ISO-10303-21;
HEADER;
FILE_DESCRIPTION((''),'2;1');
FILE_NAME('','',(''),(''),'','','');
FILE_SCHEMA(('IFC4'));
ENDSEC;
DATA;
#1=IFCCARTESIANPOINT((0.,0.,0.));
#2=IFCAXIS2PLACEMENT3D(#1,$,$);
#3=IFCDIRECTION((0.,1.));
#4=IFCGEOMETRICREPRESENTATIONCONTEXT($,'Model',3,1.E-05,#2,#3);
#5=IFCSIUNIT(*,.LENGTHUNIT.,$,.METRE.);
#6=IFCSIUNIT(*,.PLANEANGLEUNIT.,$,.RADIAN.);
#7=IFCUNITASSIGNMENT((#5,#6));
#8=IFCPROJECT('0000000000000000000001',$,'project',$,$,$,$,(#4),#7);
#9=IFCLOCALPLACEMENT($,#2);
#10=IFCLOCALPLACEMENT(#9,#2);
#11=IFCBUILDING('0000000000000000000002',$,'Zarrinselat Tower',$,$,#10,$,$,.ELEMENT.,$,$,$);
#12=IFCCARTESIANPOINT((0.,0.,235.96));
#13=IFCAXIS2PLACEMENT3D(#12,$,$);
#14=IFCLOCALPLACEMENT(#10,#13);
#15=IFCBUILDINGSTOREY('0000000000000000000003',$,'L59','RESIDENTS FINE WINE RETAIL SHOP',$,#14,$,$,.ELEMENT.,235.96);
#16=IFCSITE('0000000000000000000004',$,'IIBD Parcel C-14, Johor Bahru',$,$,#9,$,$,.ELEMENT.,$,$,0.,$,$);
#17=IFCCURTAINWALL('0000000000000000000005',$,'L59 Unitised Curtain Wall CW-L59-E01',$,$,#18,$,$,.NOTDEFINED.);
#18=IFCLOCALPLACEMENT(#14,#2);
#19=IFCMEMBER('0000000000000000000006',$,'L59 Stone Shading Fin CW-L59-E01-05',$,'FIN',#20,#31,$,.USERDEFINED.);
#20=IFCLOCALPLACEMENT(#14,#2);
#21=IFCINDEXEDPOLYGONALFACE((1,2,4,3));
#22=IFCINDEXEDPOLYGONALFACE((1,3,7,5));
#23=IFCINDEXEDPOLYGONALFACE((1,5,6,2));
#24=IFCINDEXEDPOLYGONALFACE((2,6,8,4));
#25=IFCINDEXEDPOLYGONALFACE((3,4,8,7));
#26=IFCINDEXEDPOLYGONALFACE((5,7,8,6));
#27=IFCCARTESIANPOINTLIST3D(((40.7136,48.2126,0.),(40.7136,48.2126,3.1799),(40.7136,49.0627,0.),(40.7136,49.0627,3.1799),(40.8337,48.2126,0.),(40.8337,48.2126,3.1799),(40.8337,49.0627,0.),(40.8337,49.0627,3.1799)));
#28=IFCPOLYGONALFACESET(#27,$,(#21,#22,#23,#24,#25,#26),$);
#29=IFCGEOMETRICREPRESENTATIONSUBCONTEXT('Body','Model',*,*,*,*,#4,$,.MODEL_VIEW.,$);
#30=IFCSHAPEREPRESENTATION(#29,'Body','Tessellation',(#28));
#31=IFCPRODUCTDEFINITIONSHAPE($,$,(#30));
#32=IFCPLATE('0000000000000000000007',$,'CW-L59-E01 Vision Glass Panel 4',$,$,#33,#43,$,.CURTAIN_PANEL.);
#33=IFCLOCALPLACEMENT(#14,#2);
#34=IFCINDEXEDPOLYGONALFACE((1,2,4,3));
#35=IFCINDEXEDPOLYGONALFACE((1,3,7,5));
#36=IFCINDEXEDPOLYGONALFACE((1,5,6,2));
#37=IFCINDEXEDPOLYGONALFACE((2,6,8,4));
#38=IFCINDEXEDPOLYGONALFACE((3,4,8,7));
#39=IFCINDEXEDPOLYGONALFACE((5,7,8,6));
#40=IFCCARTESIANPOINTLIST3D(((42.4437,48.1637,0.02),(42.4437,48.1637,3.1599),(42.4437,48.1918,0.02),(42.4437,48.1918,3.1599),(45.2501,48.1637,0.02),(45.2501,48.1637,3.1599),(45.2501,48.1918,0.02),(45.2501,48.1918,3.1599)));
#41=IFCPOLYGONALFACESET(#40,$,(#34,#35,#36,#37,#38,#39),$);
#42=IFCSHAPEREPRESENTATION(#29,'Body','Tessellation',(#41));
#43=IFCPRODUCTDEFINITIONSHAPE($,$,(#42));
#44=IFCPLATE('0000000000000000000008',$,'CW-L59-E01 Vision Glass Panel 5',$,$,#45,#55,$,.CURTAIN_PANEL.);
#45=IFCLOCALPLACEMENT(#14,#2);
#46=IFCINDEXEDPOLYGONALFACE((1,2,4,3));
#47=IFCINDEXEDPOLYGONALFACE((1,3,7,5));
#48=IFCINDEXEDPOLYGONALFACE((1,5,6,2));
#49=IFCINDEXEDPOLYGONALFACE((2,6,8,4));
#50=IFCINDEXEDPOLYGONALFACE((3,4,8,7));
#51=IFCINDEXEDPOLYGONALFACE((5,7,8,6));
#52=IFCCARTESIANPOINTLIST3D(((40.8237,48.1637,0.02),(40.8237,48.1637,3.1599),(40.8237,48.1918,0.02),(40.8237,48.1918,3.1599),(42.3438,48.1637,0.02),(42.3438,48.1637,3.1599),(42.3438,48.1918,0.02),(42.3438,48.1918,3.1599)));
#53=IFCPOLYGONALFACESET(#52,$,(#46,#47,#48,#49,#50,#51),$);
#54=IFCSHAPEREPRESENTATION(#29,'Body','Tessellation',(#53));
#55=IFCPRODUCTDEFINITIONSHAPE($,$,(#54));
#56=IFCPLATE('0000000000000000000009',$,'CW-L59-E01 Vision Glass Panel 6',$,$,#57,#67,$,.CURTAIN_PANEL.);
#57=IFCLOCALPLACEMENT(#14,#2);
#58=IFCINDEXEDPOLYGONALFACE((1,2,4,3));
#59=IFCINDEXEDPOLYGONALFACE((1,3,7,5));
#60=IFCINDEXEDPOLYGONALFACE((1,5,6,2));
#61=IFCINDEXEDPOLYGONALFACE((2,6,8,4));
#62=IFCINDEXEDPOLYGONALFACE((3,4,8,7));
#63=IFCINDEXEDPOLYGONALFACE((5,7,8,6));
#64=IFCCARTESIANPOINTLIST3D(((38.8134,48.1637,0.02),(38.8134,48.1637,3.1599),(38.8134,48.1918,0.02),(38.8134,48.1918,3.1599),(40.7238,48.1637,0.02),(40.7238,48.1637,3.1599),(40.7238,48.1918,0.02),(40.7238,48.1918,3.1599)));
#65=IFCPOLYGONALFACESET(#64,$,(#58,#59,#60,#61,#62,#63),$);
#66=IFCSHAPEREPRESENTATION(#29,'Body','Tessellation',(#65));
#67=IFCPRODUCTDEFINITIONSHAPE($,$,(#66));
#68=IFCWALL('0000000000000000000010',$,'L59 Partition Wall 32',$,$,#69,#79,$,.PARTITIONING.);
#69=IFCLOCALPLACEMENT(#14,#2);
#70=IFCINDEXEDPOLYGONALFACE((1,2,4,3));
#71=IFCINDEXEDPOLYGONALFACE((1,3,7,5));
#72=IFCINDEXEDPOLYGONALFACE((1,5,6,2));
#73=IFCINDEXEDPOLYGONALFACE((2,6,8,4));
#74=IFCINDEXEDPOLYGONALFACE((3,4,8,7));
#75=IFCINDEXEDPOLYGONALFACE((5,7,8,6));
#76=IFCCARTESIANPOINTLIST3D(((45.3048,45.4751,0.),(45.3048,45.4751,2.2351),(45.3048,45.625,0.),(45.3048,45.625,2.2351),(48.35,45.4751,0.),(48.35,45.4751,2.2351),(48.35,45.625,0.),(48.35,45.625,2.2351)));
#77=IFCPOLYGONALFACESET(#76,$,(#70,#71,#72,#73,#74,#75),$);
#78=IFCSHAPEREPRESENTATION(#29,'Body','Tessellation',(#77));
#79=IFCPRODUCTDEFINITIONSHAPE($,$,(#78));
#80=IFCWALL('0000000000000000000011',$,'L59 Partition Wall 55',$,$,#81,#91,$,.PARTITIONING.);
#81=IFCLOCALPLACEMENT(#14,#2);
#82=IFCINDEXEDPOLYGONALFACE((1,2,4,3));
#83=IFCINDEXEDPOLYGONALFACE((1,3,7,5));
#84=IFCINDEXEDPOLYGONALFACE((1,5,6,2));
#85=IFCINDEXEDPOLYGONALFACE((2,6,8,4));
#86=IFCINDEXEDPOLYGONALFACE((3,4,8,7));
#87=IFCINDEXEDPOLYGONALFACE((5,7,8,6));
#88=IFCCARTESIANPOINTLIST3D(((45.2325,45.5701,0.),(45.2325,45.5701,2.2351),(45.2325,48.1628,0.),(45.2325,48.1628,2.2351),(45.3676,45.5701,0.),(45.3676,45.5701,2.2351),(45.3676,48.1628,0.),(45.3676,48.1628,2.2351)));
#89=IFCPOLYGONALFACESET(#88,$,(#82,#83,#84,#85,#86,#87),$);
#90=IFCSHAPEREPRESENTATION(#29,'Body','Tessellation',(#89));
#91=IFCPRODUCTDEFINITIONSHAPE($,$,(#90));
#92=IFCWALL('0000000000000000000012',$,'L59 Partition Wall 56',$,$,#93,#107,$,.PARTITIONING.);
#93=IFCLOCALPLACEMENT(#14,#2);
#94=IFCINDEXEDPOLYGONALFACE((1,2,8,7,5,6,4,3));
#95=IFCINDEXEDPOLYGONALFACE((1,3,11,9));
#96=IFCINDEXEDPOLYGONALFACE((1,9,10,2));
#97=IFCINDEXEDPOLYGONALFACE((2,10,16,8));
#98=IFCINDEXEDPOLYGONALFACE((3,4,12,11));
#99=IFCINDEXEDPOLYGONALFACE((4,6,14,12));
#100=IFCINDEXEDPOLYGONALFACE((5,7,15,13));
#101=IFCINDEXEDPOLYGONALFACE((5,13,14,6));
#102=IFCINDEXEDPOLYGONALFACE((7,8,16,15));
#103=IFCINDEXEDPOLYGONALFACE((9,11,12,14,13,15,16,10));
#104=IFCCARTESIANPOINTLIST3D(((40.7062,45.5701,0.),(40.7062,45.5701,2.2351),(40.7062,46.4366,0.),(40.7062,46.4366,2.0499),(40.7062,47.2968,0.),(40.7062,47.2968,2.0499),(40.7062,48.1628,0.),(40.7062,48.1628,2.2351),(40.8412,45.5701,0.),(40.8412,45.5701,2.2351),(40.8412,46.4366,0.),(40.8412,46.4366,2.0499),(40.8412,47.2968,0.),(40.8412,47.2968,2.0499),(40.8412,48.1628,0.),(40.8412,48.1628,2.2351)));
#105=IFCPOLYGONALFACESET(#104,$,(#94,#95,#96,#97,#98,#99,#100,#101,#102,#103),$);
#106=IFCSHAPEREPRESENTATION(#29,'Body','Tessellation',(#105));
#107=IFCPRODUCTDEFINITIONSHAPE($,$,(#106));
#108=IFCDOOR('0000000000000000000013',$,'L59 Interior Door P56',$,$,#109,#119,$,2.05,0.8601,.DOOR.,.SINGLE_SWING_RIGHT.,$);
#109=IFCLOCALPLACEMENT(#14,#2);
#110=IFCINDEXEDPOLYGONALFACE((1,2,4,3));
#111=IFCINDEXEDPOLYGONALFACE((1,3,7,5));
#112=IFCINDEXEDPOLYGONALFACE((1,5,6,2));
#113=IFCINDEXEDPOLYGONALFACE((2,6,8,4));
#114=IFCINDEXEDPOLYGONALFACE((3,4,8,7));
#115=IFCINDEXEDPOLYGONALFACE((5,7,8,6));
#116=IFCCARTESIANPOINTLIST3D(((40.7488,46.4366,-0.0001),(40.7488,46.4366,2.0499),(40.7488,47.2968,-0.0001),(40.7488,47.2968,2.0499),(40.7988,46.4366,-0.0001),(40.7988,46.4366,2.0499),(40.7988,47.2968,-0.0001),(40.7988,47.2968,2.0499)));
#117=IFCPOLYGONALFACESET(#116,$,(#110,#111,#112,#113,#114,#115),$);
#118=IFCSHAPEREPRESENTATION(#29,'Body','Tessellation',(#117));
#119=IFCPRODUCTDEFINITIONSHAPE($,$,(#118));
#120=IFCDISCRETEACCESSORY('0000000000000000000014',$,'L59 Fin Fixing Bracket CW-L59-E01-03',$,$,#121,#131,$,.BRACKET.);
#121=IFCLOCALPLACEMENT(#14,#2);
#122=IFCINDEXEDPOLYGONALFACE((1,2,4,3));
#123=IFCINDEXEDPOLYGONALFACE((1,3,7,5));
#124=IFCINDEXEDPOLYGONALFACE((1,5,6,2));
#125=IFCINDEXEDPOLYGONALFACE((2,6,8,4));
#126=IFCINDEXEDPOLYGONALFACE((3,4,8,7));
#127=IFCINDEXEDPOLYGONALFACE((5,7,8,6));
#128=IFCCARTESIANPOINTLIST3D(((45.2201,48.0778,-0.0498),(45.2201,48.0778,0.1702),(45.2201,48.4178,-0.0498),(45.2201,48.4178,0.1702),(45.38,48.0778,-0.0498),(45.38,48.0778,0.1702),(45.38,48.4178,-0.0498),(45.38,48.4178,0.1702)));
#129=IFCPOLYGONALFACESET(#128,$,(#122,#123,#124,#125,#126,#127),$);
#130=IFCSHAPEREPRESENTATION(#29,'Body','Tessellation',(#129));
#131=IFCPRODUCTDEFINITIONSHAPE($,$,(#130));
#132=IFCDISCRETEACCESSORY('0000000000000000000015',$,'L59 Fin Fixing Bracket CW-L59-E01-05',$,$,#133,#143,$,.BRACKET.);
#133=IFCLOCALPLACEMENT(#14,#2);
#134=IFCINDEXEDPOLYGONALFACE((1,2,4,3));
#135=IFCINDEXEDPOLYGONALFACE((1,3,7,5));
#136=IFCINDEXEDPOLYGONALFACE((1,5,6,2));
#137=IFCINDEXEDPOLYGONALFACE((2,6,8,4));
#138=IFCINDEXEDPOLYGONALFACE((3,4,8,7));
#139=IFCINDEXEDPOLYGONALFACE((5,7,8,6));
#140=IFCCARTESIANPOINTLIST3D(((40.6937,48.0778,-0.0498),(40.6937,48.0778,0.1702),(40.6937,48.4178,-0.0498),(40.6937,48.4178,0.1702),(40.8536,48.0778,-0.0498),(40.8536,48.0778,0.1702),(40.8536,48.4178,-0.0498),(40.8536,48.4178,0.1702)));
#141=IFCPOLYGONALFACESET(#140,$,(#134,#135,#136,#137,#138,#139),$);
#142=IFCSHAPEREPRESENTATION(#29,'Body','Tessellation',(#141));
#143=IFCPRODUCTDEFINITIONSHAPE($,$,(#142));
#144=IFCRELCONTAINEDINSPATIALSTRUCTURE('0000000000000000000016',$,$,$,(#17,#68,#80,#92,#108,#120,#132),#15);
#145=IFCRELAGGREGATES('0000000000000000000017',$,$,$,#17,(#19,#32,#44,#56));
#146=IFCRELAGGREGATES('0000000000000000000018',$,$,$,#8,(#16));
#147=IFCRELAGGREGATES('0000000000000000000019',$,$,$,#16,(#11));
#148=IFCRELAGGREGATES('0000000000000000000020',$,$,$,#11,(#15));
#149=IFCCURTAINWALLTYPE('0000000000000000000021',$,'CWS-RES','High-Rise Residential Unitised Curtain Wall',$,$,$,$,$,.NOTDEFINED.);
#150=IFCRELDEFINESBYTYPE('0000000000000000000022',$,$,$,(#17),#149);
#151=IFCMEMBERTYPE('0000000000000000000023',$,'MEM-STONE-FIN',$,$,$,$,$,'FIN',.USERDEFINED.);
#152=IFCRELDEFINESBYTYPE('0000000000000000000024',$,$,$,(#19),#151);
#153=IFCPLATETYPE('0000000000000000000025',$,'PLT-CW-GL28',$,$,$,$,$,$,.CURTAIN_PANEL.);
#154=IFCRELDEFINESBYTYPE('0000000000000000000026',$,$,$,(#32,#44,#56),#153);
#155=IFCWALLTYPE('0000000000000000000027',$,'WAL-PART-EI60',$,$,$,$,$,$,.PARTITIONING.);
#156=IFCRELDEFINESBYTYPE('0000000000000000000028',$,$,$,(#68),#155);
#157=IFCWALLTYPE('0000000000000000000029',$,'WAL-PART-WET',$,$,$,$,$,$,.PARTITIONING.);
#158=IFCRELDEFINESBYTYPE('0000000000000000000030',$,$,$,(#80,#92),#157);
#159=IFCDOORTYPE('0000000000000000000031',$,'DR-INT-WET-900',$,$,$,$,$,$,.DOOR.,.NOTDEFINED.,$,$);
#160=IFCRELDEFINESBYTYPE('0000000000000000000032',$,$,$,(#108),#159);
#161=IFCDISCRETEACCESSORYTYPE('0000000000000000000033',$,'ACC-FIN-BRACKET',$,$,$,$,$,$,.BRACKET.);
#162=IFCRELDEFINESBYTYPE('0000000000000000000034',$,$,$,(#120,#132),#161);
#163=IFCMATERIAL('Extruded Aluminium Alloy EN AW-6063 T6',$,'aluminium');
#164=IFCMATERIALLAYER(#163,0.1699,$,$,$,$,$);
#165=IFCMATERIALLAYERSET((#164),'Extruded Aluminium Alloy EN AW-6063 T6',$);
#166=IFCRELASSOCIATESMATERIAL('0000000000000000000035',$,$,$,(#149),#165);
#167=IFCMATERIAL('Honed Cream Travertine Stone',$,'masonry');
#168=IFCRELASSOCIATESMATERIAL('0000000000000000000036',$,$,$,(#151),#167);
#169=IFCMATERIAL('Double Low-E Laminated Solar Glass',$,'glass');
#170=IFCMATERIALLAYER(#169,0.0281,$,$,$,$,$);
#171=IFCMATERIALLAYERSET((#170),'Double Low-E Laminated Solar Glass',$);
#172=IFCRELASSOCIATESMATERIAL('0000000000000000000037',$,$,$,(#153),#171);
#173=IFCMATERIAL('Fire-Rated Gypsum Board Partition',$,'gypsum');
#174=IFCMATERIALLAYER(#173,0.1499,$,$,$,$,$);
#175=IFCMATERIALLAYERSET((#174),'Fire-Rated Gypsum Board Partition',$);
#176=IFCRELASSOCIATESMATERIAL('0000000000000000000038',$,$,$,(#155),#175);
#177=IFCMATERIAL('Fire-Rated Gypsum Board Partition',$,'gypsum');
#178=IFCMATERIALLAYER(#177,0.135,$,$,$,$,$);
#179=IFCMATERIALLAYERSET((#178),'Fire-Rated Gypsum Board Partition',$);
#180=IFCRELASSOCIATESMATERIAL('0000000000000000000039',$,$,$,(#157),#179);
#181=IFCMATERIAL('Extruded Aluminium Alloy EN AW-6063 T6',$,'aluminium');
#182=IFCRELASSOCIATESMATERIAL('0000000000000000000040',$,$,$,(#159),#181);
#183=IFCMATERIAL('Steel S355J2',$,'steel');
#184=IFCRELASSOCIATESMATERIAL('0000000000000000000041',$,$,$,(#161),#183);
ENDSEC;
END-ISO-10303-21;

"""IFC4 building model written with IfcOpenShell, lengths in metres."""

from ifc_helpers import new_model, si_unit, direction, frame, frame_2d, origin, origin_2d, place, context, subcontext, project, spatial, rectangle, extrude, material, layer, layer_set, material_profile, profile_set, type_object, element, fill, aggregate, save


model = new_model("IFC4")

# Units and contexts
model_context = context("Model", 3, precision=1e-05, world=origin(), true_north=direction((0.0, 1.0)))
body_context = subcontext(model_context, "Body", "Model", "MODEL_VIEW")
ifc_project = project(units=[si_unit("LENGTHUNIT", "METRE"), si_unit("PLANEANGLEUNIT", "RADIAN")], contexts=[model_context])

# Site, building, storey
site_placement = place(None, origin())
site = spatial("IfcSite", under=ifc_project, at=site_placement, Name="IIBD Parcel C-14, Johor Bahru", CompositionType="ELEMENT", RefElevation=0.0)
building_placement = place(site_placement, origin())
building = spatial("IfcBuilding", under=site, at=building_placement, Name="Zarrinselat Tower", CompositionType="ELEMENT")
storey_placement = place(building_placement, frame((0.0, 0.0, 235.96)))
storey = spatial("IfcBuildingStorey", under=building, at=storey_placement, Name="L59", Description="RESIDENTS FINE WINE RETAIL SHOP", CompositionType="ELEMENT", Elevation=235.96)

# Curtain wall, member, plates
ifc_material_1 = material(Name="Extruded Aluminium Alloy EN AW-6063 T6", Category="aluminium")
ifc_layer_1 = layer(ifc_material_1, 0.1699)
ifc_layer_set_1 = layer_set([ifc_layer_1], Name="Extruded Aluminium Alloy EN AW-6063 T6")
curtain_wall_type = type_object("IfcCurtainWallType", Name="CWS-RES", Description="High-Rise Residential Unitised Curtain Wall", PredefinedType="NOTDEFINED", material=ifc_layer_set_1)
curtain_wall_placement = place(storey_placement, origin())
curtain_wall = element("IfcCurtainWall", 1, at=curtain_wall_placement, inside=storey, type_object=curtain_wall_type, Name="L59 Unitised Curtain Wall CW-L59-E01", PredefinedType="NOTDEFINED")
ifc_material_2 = material(Name="Honed Cream Travertine Stone", Category="masonry")
ifc_material_profile_1 = material_profile(ifc_material_2, rectangle(XDim=0.1201, YDim=0.8501, at=origin_2d()), Name="FIN 850x120")
ifc_profile_set_1 = profile_set([ifc_material_profile_1], Name="Honed Cream Travertine Stone")
member_type_1 = type_object("IfcMemberType", Name="MEM-STONE-FIN", ElementType="FIN", PredefinedType="USERDEFINED", material=ifc_profile_set_1)
member_1_placement = place(storey_placement, frame((40.7737, 48.6377, 0.0), z_axis=(0.0, 0.0, 1.0), x_axis=(1.0, 0.0, 0.0)))
member_1 = element("IfcMember", 2, at=member_1_placement, type_object=member_type_1, Name="L59 Stone Shading Fin CW-L59-E01-05", ObjectType="FIN", PredefinedType="USERDEFINED", context=body_context, shape_type="SweptSolid", body=[
    extrude(rectangle(XDim=0.1201, YDim=0.8501, at=origin_2d()), origin(), (0.0, 0.0, 1.0), 3.1799),
])
ifc_material_3 = material(Name="Double Low-E Laminated Solar Glass", Category="glass")
ifc_layer_2 = layer(ifc_material_3, 0.0281)
ifc_layer_set_2 = layer_set([ifc_layer_2], Name="Double Low-E Laminated Solar Glass")
plate_type = type_object("IfcPlateType", Name="PLT-CW-GL28", PredefinedType="CURTAIN_PANEL", material=ifc_layer_set_2)
plate_1_placement = place(storey_placement, frame((43.8469, 48.1777, 0.02), z_axis=(0.0, 0.0, 1.0), x_axis=(-1.0, 0.0, 0.0)))
plate_1 = element("IfcPlate", 3, at=plate_1_placement, type_object=plate_type, Name="CW-L59-E01 Vision Glass Panel 4", PredefinedType="CURTAIN_PANEL", context=body_context, shape_type="SweptSolid", body=[
    extrude(rectangle(XDim=2.8064, YDim=0.0281, at=origin_2d()), origin(), (0.0, 0.0, 1.0), 3.1399),
])
plate_2_placement = place(storey_placement, frame((41.5837, 48.1777, 0.02), z_axis=(0.0, 0.0, 1.0), x_axis=(-1.0, 0.0, 0.0)))
plate_2 = element("IfcPlate", 4, at=plate_2_placement, type_object=plate_type, Name="CW-L59-E01 Vision Glass Panel 5", PredefinedType="CURTAIN_PANEL", context=body_context, shape_type="SweptSolid", body=[
    extrude(rectangle(XDim=1.52, YDim=0.0281, at=origin_2d()), origin(), (0.0, 0.0, 1.0), 3.1399),
])
plate_3_placement = place(storey_placement, frame((39.7686, 48.1777, 0.02), z_axis=(0.0, 0.0, 1.0), x_axis=(-1.0, 0.0, 0.0)))
plate_3 = element("IfcPlate", 5, at=plate_3_placement, type_object=plate_type, Name="CW-L59-E01 Vision Glass Panel 6", PredefinedType="CURTAIN_PANEL", context=body_context, shape_type="SweptSolid", body=[
    extrude(rectangle(XDim=1.9104, YDim=0.0281, at=origin_2d()), origin(), (0.0, 0.0, 1.0), 3.1399),
])
aggregate(curtain_wall, [member_1, plate_1, plate_2, plate_3])

# Walls
ifc_material_4 = material(Name="Fire-Rated Gypsum Board Partition", Category="gypsum")
ifc_layer_3 = layer(ifc_material_4, 0.1499)
ifc_layer_set_3 = layer_set([ifc_layer_3], Name="Fire-Rated Gypsum Board Partition")
wall_type_1 = type_object("IfcWallType", Name="WAL-PART-EI60", PredefinedType="PARTITIONING", material=ifc_layer_set_3)
wall_1_placement = place(storey_placement, frame((45.3049, 45.55, 0.0), z_axis=(0.0, 0.0, 1.0), x_axis=(1.0, 0.0, 0.0)))
element("IfcWall", 6, at=wall_1_placement, inside=storey, type_object=wall_type_1, Name="L59 Partition Wall 32", PredefinedType="PARTITIONING", context=body_context, shape_type="SweptSolid", body=[
    extrude(rectangle(XDim=3.0452, YDim=0.1499, at=frame_2d((1.5225, 0.0))), origin(), (0.0, 0.0, 1.0), 2.2351),
])
ifc_material_5 = material(Name="Fire-Rated Gypsum Board Partition", Category="gypsum")
ifc_layer_4 = layer(ifc_material_5, 0.135)
ifc_layer_set_4 = layer_set([ifc_layer_4], Name="Fire-Rated Gypsum Board Partition")
wall_type_2 = type_object("IfcWallType", Name="WAL-PART-WET", PredefinedType="PARTITIONING", material=ifc_layer_set_4)
wall_2_placement = place(storey_placement, frame((45.3, 45.5701, 0.0), z_axis=(0.0, 0.0, 1.0), x_axis=(0.0, 1.0, 0.0)))
element("IfcWall", 7, at=wall_2_placement, inside=storey, type_object=wall_type_2, Name="L59 Partition Wall 55", PredefinedType="PARTITIONING", context=body_context, shape_type="SweptSolid", body=[
    extrude(rectangle(XDim=2.5928, YDim=0.135, at=frame_2d((1.2964, 0.0))), origin(), (0.0, 0.0, 1.0), 2.2351),
])

# Wall, opening, door
wall_3_placement = place(storey_placement, frame((40.7737, 45.5701, 0.0), z_axis=(0.0, 0.0, 1.0), x_axis=(0.0, 1.0, 0.0)))
wall_3 = element("IfcWall", 8, at=wall_3_placement, inside=storey, type_object=wall_type_2, Name="L59 Partition Wall 56", PredefinedType="PARTITIONING", context=body_context, shape_type="SweptSolid", body=[
    extrude(rectangle(XDim=2.5928, YDim=0.135, at=frame_2d((1.2964, 0.0))), origin(), (0.0, 0.0, 1.0), 2.2351),
])
opening_placement = place(wall_3_placement, frame((0.8665, 0.0, 0.0)))
opening = element("IfcOpeningElement", 9, at=opening_placement, cuts=wall_3, PredefinedType="OPENING", context=body_context, shape_type="SweptSolid", body=[
    extrude(rectangle(XDim=0.8601, YDim=2.05, at=frame_2d((0.4302, 1.0249))), frame((0.0, 0.0774, 0.0), z_axis=(0.0, -1.0, 0.0), x_axis=(1.0, 0.0, 0.0)), (0.0, 0.0, 1.0), 0.155),
])
ifc_material_6 = material(Name="Extruded Aluminium Alloy EN AW-6063 T6", Category="aluminium")
door_type = type_object("IfcDoorType", Name="DR-INT-WET-900", OperationType="NOTDEFINED", PredefinedType="DOOR", material=ifc_material_6)
door_placement = place(opening_placement, origin())
door = element("IfcDoor", 10, at=door_placement, inside=storey, type_object=door_type, Name="L59 Interior Door P56", OperationType="SINGLE_SWING_RIGHT", OverallHeight=2.05, OverallWidth=0.8601, PredefinedType="DOOR", context=body_context, shape_type="SweptSolid", body=[
    extrude(rectangle(XDim=0.8601, YDim=2.05, at=frame_2d((0.4302, 1.0249))), frame((0.0, 0.0249, 0.0), z_axis=(0.0, -1.0, 0.0), x_axis=(1.0, 0.0, 0.0)), (0.0, 0.0, 1.0), 0.05),
])
fill(opening, door)

# Discrete accessories
ifc_material_7 = material(Name="Steel S355J2", Category="steel")
discrete_accessory_type = type_object("IfcDiscreteAccessoryType", Name="ACC-FIN-BRACKET", PredefinedType="BRACKET", material=ifc_material_7)
for number, where, z_axis, x_axis, name in (
    (11, (45.3, 48.2478, -0.0498), (0.0, 0.0, 1.0), (0.0, 1.0, 0.0), "L59 Fin Fixing Bracket CW-L59-E01-03"),
    (12, (40.7737, 48.2478, -0.0498), (0.0, 0.0, 1.0), (0.0, 1.0, 0.0), "L59 Fin Fixing Bracket CW-L59-E01-05"),
):
    element("IfcDiscreteAccessory", number, at=place(storey_placement, frame(where, z_axis=z_axis, x_axis=x_axis)), inside=storey, type_object=discrete_accessory_type, Name=name, PredefinedType="BRACKET", context=body_context, shape_type="SweptSolid", body=[
        extrude(rectangle(XDim=0.3401, YDim=0.1599, at=origin_2d()), origin(), (0.0, 0.0, 1.0), 0.22),
    ])

save(model, "model.ifc")
